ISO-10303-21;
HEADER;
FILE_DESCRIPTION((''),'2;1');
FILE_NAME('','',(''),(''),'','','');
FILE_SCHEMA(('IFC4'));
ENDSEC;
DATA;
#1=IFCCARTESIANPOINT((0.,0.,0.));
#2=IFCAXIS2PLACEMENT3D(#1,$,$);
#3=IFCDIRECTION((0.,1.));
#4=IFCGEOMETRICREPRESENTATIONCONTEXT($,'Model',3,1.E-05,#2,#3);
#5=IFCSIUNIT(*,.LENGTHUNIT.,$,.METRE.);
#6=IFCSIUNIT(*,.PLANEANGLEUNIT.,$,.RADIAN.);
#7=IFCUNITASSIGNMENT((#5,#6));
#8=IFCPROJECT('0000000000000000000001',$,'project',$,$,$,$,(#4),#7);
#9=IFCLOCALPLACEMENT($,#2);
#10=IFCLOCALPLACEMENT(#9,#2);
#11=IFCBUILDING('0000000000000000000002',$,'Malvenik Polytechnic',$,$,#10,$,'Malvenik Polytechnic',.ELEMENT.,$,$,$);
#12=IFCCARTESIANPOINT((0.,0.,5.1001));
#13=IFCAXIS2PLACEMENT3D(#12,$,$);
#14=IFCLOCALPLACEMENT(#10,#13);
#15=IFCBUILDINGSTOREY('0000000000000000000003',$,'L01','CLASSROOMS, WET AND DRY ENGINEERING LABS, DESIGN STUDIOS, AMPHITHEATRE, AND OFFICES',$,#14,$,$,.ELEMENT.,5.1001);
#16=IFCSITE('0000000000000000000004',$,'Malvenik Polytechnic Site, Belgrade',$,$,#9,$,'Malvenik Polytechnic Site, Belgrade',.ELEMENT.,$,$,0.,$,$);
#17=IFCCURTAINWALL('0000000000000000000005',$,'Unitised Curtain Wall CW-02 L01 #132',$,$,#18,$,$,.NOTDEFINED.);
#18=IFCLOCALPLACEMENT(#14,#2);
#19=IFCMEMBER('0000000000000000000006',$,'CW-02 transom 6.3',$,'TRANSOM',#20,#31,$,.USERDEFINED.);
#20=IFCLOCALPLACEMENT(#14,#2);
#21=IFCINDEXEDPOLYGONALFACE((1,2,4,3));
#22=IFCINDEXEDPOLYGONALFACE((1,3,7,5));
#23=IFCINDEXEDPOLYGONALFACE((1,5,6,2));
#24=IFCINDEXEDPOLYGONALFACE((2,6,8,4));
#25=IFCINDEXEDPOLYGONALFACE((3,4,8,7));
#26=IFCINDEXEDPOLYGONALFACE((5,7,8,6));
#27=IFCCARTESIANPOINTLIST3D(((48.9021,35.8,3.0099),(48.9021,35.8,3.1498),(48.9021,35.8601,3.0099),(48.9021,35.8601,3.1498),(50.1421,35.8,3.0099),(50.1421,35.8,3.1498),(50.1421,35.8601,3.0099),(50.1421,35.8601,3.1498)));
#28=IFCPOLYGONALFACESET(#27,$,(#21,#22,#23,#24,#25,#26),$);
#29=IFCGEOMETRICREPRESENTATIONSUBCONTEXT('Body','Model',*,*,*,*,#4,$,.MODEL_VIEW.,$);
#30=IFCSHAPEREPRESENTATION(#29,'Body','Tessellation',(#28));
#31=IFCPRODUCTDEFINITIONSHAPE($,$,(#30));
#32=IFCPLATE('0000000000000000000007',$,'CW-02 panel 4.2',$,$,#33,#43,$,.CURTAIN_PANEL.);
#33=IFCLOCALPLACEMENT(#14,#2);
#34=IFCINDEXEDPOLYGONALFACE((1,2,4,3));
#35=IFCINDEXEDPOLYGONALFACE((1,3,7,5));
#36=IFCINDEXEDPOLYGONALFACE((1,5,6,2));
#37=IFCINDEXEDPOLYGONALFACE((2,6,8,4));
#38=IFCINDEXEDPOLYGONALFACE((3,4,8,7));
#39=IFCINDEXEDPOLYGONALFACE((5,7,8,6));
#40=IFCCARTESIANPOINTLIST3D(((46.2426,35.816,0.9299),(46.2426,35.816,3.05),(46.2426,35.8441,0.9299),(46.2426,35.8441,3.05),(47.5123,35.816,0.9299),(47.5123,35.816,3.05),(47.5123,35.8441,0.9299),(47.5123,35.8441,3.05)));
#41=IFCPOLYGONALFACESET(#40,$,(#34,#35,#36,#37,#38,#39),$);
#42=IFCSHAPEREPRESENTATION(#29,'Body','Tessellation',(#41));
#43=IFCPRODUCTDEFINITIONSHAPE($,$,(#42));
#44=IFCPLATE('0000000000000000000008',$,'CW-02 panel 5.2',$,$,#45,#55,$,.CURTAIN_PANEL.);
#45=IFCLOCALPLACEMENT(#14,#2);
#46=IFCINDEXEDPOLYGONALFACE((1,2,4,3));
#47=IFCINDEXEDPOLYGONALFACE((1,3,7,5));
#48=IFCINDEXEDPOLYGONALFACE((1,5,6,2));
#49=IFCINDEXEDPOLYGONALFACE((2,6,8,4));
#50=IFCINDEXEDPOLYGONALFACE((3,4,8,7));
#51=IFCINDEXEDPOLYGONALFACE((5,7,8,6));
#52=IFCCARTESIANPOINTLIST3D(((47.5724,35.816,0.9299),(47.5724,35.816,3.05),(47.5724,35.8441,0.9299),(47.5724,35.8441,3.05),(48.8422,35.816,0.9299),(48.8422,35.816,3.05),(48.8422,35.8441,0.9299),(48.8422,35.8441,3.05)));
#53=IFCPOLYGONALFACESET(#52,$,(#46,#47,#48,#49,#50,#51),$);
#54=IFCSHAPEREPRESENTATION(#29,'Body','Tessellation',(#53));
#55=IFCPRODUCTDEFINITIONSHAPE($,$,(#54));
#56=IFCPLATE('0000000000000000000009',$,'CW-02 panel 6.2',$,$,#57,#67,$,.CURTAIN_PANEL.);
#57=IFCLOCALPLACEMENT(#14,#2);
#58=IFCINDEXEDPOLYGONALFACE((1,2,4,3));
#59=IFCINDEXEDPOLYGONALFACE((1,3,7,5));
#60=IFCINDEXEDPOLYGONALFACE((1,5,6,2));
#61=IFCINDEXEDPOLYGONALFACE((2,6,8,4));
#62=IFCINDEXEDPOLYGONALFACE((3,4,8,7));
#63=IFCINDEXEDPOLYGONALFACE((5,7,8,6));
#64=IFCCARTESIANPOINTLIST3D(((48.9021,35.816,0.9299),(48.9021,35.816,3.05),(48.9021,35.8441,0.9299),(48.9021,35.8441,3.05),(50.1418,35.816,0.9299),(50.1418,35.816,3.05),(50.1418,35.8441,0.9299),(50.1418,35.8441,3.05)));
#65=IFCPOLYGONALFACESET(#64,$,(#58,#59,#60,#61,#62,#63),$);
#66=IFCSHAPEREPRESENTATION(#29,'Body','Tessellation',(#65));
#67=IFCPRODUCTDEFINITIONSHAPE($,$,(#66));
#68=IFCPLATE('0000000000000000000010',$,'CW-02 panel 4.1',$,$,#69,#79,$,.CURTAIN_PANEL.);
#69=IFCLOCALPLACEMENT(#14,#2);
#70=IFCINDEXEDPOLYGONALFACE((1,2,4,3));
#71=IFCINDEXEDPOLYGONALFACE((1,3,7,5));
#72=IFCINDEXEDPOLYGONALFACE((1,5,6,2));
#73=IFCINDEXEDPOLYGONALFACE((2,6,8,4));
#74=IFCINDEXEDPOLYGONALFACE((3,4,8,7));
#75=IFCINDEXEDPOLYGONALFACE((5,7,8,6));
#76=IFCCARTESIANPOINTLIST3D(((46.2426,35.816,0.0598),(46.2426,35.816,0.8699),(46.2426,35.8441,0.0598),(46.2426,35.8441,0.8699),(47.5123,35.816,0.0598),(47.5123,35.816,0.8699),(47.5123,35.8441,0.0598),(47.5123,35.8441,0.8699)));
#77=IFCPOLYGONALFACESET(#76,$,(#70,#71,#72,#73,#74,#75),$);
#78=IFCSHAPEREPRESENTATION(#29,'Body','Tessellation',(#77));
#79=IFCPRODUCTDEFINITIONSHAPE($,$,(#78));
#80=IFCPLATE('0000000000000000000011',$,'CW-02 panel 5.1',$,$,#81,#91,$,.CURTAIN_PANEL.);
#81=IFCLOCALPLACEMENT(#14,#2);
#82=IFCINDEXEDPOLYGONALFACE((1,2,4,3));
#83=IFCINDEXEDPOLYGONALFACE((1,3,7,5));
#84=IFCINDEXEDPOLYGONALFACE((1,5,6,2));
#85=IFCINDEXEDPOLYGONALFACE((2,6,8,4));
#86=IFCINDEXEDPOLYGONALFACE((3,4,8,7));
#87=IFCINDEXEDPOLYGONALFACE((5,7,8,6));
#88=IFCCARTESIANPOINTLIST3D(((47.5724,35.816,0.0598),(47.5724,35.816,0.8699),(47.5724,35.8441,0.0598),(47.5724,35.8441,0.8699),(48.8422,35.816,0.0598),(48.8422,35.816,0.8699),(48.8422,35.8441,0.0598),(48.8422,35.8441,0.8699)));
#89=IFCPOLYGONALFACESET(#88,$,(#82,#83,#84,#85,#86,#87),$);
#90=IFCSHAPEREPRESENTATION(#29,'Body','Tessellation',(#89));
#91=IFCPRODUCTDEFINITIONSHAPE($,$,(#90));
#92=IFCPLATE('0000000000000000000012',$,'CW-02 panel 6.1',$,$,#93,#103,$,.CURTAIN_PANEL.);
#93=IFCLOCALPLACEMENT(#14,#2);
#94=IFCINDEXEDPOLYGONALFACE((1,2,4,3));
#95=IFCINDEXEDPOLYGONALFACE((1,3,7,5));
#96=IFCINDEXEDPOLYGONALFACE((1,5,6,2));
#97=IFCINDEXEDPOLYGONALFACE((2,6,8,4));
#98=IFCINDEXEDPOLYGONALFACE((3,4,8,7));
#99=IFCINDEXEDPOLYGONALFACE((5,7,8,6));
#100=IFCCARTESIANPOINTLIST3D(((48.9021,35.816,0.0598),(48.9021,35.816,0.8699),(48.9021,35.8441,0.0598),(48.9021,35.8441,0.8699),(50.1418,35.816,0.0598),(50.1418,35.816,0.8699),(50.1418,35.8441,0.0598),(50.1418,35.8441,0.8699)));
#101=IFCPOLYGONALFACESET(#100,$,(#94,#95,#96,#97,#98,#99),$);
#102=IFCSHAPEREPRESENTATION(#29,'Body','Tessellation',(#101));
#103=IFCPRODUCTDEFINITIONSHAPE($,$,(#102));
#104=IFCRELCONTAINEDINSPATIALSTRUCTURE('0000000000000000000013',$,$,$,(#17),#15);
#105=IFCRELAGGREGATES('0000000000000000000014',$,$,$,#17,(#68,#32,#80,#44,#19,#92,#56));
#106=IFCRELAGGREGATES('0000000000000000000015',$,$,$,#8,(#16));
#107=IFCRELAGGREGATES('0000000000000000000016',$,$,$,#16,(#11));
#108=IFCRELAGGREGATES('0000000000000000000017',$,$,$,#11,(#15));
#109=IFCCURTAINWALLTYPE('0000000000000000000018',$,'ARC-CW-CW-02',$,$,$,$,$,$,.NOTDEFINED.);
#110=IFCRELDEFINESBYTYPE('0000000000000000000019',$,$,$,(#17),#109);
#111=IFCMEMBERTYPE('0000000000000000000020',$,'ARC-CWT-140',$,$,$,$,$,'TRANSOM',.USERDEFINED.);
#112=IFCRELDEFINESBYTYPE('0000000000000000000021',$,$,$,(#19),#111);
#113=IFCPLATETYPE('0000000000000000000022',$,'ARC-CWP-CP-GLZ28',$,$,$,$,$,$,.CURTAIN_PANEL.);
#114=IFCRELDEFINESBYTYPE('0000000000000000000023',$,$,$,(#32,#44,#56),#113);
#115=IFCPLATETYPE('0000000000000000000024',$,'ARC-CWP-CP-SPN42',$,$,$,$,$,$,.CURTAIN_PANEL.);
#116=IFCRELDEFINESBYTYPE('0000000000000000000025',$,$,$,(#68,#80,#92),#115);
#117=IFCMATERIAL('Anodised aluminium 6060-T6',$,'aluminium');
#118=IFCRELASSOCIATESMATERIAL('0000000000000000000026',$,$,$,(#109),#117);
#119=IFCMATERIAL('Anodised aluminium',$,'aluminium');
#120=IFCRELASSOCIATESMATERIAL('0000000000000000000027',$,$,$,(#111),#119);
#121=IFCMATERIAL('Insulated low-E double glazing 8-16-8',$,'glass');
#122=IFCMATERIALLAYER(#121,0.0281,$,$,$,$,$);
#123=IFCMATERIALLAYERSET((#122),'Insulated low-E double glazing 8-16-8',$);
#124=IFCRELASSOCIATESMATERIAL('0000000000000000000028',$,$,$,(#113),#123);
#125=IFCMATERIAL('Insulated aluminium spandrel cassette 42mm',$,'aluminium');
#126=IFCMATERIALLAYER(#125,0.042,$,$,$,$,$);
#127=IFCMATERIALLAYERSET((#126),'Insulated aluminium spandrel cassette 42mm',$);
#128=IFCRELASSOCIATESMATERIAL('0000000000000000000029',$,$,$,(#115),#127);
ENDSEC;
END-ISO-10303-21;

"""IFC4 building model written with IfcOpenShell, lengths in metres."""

from ifc_helpers import new_model, si_unit, direction, frame, origin, origin_2d, place, context, subcontext, project, spatial, rectangle, extrude, material, layer, layer_set, material_profile, profile_set, type_object, element, aggregate, save


model = new_model("IFC4")

# Units and contexts
model_context = context("Model", 3, precision=1e-05, world=origin(), true_north=direction((0.0, 1.0)))
body_context = subcontext(model_context, "Body", "Model", "MODEL_VIEW")
ifc_project = project(units=[si_unit("LENGTHUNIT", "METRE"), si_unit("PLANEANGLEUNIT", "RADIAN")], contexts=[model_context])

# Site, building, storey
site_placement = place(None, origin())
site = spatial("IfcSite", under=ifc_project, at=site_placement, Name="Malvenik Polytechnic Site, Belgrade", LongName="Malvenik Polytechnic Site, Belgrade", CompositionType="ELEMENT", RefElevation=0.0)
building_placement = place(site_placement, origin())
building = spatial("IfcBuilding", under=site, at=building_placement, Name="Malvenik Polytechnic", LongName="Malvenik Polytechnic", CompositionType="ELEMENT")
storey_placement = place(building_placement, frame((0.0, 0.0, 5.1001)))
storey = spatial("IfcBuildingStorey", under=building, at=storey_placement, Name="L01", Description="CLASSROOMS, WET AND DRY ENGINEERING LABS, DESIGN STUDIOS, AMPHITHEATRE, AND OFFICES", CompositionType="ELEMENT", Elevation=5.1001)

# Curtain wall
ifc_material_1 = material(Name="Anodised aluminium 6060-T6", Category="aluminium")
curtain_wall_type_1 = type_object("IfcCurtainWallType", Name="ARC-CW-CW-02", PredefinedType="NOTDEFINED", material=ifc_material_1)
curtain_wall_1_placement = place(storey_placement, origin())
curtain_wall_1 = element("IfcCurtainWall", 1, at=curtain_wall_1_placement, inside=storey, type_object=curtain_wall_type_1, Name="Unitised Curtain Wall CW-02 L01 #132", PredefinedType="NOTDEFINED")
ifc_material_2 = material(Name="Anodised aluminium", Category="aluminium")

# Member
ifc_material_profile_1 = material_profile(ifc_material_2, rectangle(XDim=0.0601, YDim=0.1399, at=origin_2d()), Name="ALU TRANSOM 60x140")
ifc_profile_set_1 = profile_set([ifc_material_profile_1], Name="Anodised aluminium")
member_type_1 = type_object("IfcMemberType", Name="ARC-CWT-140", ElementType="TRANSOM", PredefinedType="USERDEFINED", material=ifc_profile_set_1)
member_1_placement = place(storey_placement, frame((48.9021, 35.8301, 3.0798), z_axis=(1.0, 0.0, 0.0), x_axis=(0.0, 1.0, 0.0)))
member_1 = element("IfcMember", 2, at=member_1_placement, type_object=member_type_1, Name="CW-02 transom 6.3", ObjectType="TRANSOM", PredefinedType="USERDEFINED", context=body_context, shape_type="SweptSolid", body=[
    extrude(rectangle(XDim=0.0601, YDim=0.1399, at=origin_2d()), origin(), (0.0, 0.0, 1.0), 1.24),
])

# Plates
ifc_material_3 = material(Name="Insulated low-E double glazing 8-16-8", Category="glass")
ifc_layer_1 = layer(ifc_material_3, 0.0281)
ifc_layer_set_1 = layer_set([ifc_layer_1], Name="Insulated low-E double glazing 8-16-8")
plate_type_1 = type_object("IfcPlateType", Name="ARC-CWP-CP-GLZ28", PredefinedType="CURTAIN_PANEL", material=ifc_layer_set_1)
plate_1_placement = place(storey_placement, frame((46.8774, 35.8301, 0.9299), z_axis=(0.0, 0.0, 1.0), x_axis=(1.0, 0.0, 0.0)))
plate_1 = element("IfcPlate", 3, at=plate_1_placement, type_object=plate_type_1, Name="CW-02 panel 4.2", PredefinedType="CURTAIN_PANEL", context=body_context, shape_type="SweptSolid", body=[
    extrude(rectangle(XDim=1.2698, YDim=0.0281, at=origin_2d()), origin(), (0.0, 0.0, 1.0), 2.1201),
])
plate_2_placement = place(storey_placement, frame((48.2073, 35.8301, 0.9299), z_axis=(0.0, 0.0, 1.0), x_axis=(1.0, 0.0, 0.0)))
plate_2 = element("IfcPlate", 4, at=plate_2_placement, type_object=plate_type_1, Name="CW-02 panel 5.2", PredefinedType="CURTAIN_PANEL", context=body_context, shape_type="SweptSolid", body=[
    extrude(rectangle(XDim=1.2698, YDim=0.0281, at=origin_2d()), origin(), (0.0, 0.0, 1.0), 2.1201),
])
plate_3_placement = place(storey_placement, frame((49.522, 35.8301, 0.9299), z_axis=(0.0, 0.0, 1.0), x_axis=(1.0, 0.0, 0.0)))
plate_3 = element("IfcPlate", 5, at=plate_3_placement, type_object=plate_type_1, Name="CW-02 panel 6.2", PredefinedType="CURTAIN_PANEL", context=body_context, shape_type="SweptSolid", body=[
    extrude(rectangle(XDim=1.2397, YDim=0.0281, at=origin_2d()), origin(), (0.0, 0.0, 1.0), 2.1201),
])
ifc_material_4 = material(Name="Insulated aluminium spandrel cassette 42mm", Category="aluminium")
ifc_layer_2 = layer(ifc_material_4, 0.042)
ifc_layer_set_2 = layer_set([ifc_layer_2], Name="Insulated aluminium spandrel cassette 42mm")
plate_type_2 = type_object("IfcPlateType", Name="ARC-CWP-CP-SPN42", PredefinedType="CURTAIN_PANEL", material=ifc_layer_set_2)
plate_4_placement = place(storey_placement, frame((46.8774, 35.8301, 0.0598), z_axis=(0.0, 0.0, 1.0), x_axis=(1.0, 0.0, 0.0)))
plate_4 = element("IfcPlate", 6, at=plate_4_placement, type_object=plate_type_2, Name="CW-02 panel 4.1", PredefinedType="CURTAIN_PANEL", context=body_context, shape_type="SweptSolid", body=[
    extrude(rectangle(XDim=1.2698, YDim=0.0281, at=origin_2d()), origin(), (0.0, 0.0, 1.0), 0.8101),
])
plate_5_placement = place(storey_placement, frame((48.2073, 35.8301, 0.0598), z_axis=(0.0, 0.0, 1.0), x_axis=(1.0, 0.0, 0.0)))
plate_5 = element("IfcPlate", 7, at=plate_5_placement, type_object=plate_type_2, Name="CW-02 panel 5.1", PredefinedType="CURTAIN_PANEL", context=body_context, shape_type="SweptSolid", body=[
    extrude(rectangle(XDim=1.2698, YDim=0.0281, at=origin_2d()), origin(), (0.0, 0.0, 1.0), 0.8101),
])
plate_6_placement = place(storey_placement, frame((49.522, 35.8301, 0.0598), z_axis=(0.0, 0.0, 1.0), x_axis=(1.0, 0.0, 0.0)))
plate_6 = element("IfcPlate", 8, at=plate_6_placement, type_object=plate_type_2, Name="CW-02 panel 6.1", PredefinedType="CURTAIN_PANEL", context=body_context, shape_type="SweptSolid", body=[
    extrude(rectangle(XDim=1.2397, YDim=0.0281, at=origin_2d()), origin(), (0.0, 0.0, 1.0), 0.8101),
])
aggregate(curtain_wall_1, [plate_4, plate_1, plate_5, plate_2, member_1, plate_6, plate_3])

save(model, "model.ifc")
